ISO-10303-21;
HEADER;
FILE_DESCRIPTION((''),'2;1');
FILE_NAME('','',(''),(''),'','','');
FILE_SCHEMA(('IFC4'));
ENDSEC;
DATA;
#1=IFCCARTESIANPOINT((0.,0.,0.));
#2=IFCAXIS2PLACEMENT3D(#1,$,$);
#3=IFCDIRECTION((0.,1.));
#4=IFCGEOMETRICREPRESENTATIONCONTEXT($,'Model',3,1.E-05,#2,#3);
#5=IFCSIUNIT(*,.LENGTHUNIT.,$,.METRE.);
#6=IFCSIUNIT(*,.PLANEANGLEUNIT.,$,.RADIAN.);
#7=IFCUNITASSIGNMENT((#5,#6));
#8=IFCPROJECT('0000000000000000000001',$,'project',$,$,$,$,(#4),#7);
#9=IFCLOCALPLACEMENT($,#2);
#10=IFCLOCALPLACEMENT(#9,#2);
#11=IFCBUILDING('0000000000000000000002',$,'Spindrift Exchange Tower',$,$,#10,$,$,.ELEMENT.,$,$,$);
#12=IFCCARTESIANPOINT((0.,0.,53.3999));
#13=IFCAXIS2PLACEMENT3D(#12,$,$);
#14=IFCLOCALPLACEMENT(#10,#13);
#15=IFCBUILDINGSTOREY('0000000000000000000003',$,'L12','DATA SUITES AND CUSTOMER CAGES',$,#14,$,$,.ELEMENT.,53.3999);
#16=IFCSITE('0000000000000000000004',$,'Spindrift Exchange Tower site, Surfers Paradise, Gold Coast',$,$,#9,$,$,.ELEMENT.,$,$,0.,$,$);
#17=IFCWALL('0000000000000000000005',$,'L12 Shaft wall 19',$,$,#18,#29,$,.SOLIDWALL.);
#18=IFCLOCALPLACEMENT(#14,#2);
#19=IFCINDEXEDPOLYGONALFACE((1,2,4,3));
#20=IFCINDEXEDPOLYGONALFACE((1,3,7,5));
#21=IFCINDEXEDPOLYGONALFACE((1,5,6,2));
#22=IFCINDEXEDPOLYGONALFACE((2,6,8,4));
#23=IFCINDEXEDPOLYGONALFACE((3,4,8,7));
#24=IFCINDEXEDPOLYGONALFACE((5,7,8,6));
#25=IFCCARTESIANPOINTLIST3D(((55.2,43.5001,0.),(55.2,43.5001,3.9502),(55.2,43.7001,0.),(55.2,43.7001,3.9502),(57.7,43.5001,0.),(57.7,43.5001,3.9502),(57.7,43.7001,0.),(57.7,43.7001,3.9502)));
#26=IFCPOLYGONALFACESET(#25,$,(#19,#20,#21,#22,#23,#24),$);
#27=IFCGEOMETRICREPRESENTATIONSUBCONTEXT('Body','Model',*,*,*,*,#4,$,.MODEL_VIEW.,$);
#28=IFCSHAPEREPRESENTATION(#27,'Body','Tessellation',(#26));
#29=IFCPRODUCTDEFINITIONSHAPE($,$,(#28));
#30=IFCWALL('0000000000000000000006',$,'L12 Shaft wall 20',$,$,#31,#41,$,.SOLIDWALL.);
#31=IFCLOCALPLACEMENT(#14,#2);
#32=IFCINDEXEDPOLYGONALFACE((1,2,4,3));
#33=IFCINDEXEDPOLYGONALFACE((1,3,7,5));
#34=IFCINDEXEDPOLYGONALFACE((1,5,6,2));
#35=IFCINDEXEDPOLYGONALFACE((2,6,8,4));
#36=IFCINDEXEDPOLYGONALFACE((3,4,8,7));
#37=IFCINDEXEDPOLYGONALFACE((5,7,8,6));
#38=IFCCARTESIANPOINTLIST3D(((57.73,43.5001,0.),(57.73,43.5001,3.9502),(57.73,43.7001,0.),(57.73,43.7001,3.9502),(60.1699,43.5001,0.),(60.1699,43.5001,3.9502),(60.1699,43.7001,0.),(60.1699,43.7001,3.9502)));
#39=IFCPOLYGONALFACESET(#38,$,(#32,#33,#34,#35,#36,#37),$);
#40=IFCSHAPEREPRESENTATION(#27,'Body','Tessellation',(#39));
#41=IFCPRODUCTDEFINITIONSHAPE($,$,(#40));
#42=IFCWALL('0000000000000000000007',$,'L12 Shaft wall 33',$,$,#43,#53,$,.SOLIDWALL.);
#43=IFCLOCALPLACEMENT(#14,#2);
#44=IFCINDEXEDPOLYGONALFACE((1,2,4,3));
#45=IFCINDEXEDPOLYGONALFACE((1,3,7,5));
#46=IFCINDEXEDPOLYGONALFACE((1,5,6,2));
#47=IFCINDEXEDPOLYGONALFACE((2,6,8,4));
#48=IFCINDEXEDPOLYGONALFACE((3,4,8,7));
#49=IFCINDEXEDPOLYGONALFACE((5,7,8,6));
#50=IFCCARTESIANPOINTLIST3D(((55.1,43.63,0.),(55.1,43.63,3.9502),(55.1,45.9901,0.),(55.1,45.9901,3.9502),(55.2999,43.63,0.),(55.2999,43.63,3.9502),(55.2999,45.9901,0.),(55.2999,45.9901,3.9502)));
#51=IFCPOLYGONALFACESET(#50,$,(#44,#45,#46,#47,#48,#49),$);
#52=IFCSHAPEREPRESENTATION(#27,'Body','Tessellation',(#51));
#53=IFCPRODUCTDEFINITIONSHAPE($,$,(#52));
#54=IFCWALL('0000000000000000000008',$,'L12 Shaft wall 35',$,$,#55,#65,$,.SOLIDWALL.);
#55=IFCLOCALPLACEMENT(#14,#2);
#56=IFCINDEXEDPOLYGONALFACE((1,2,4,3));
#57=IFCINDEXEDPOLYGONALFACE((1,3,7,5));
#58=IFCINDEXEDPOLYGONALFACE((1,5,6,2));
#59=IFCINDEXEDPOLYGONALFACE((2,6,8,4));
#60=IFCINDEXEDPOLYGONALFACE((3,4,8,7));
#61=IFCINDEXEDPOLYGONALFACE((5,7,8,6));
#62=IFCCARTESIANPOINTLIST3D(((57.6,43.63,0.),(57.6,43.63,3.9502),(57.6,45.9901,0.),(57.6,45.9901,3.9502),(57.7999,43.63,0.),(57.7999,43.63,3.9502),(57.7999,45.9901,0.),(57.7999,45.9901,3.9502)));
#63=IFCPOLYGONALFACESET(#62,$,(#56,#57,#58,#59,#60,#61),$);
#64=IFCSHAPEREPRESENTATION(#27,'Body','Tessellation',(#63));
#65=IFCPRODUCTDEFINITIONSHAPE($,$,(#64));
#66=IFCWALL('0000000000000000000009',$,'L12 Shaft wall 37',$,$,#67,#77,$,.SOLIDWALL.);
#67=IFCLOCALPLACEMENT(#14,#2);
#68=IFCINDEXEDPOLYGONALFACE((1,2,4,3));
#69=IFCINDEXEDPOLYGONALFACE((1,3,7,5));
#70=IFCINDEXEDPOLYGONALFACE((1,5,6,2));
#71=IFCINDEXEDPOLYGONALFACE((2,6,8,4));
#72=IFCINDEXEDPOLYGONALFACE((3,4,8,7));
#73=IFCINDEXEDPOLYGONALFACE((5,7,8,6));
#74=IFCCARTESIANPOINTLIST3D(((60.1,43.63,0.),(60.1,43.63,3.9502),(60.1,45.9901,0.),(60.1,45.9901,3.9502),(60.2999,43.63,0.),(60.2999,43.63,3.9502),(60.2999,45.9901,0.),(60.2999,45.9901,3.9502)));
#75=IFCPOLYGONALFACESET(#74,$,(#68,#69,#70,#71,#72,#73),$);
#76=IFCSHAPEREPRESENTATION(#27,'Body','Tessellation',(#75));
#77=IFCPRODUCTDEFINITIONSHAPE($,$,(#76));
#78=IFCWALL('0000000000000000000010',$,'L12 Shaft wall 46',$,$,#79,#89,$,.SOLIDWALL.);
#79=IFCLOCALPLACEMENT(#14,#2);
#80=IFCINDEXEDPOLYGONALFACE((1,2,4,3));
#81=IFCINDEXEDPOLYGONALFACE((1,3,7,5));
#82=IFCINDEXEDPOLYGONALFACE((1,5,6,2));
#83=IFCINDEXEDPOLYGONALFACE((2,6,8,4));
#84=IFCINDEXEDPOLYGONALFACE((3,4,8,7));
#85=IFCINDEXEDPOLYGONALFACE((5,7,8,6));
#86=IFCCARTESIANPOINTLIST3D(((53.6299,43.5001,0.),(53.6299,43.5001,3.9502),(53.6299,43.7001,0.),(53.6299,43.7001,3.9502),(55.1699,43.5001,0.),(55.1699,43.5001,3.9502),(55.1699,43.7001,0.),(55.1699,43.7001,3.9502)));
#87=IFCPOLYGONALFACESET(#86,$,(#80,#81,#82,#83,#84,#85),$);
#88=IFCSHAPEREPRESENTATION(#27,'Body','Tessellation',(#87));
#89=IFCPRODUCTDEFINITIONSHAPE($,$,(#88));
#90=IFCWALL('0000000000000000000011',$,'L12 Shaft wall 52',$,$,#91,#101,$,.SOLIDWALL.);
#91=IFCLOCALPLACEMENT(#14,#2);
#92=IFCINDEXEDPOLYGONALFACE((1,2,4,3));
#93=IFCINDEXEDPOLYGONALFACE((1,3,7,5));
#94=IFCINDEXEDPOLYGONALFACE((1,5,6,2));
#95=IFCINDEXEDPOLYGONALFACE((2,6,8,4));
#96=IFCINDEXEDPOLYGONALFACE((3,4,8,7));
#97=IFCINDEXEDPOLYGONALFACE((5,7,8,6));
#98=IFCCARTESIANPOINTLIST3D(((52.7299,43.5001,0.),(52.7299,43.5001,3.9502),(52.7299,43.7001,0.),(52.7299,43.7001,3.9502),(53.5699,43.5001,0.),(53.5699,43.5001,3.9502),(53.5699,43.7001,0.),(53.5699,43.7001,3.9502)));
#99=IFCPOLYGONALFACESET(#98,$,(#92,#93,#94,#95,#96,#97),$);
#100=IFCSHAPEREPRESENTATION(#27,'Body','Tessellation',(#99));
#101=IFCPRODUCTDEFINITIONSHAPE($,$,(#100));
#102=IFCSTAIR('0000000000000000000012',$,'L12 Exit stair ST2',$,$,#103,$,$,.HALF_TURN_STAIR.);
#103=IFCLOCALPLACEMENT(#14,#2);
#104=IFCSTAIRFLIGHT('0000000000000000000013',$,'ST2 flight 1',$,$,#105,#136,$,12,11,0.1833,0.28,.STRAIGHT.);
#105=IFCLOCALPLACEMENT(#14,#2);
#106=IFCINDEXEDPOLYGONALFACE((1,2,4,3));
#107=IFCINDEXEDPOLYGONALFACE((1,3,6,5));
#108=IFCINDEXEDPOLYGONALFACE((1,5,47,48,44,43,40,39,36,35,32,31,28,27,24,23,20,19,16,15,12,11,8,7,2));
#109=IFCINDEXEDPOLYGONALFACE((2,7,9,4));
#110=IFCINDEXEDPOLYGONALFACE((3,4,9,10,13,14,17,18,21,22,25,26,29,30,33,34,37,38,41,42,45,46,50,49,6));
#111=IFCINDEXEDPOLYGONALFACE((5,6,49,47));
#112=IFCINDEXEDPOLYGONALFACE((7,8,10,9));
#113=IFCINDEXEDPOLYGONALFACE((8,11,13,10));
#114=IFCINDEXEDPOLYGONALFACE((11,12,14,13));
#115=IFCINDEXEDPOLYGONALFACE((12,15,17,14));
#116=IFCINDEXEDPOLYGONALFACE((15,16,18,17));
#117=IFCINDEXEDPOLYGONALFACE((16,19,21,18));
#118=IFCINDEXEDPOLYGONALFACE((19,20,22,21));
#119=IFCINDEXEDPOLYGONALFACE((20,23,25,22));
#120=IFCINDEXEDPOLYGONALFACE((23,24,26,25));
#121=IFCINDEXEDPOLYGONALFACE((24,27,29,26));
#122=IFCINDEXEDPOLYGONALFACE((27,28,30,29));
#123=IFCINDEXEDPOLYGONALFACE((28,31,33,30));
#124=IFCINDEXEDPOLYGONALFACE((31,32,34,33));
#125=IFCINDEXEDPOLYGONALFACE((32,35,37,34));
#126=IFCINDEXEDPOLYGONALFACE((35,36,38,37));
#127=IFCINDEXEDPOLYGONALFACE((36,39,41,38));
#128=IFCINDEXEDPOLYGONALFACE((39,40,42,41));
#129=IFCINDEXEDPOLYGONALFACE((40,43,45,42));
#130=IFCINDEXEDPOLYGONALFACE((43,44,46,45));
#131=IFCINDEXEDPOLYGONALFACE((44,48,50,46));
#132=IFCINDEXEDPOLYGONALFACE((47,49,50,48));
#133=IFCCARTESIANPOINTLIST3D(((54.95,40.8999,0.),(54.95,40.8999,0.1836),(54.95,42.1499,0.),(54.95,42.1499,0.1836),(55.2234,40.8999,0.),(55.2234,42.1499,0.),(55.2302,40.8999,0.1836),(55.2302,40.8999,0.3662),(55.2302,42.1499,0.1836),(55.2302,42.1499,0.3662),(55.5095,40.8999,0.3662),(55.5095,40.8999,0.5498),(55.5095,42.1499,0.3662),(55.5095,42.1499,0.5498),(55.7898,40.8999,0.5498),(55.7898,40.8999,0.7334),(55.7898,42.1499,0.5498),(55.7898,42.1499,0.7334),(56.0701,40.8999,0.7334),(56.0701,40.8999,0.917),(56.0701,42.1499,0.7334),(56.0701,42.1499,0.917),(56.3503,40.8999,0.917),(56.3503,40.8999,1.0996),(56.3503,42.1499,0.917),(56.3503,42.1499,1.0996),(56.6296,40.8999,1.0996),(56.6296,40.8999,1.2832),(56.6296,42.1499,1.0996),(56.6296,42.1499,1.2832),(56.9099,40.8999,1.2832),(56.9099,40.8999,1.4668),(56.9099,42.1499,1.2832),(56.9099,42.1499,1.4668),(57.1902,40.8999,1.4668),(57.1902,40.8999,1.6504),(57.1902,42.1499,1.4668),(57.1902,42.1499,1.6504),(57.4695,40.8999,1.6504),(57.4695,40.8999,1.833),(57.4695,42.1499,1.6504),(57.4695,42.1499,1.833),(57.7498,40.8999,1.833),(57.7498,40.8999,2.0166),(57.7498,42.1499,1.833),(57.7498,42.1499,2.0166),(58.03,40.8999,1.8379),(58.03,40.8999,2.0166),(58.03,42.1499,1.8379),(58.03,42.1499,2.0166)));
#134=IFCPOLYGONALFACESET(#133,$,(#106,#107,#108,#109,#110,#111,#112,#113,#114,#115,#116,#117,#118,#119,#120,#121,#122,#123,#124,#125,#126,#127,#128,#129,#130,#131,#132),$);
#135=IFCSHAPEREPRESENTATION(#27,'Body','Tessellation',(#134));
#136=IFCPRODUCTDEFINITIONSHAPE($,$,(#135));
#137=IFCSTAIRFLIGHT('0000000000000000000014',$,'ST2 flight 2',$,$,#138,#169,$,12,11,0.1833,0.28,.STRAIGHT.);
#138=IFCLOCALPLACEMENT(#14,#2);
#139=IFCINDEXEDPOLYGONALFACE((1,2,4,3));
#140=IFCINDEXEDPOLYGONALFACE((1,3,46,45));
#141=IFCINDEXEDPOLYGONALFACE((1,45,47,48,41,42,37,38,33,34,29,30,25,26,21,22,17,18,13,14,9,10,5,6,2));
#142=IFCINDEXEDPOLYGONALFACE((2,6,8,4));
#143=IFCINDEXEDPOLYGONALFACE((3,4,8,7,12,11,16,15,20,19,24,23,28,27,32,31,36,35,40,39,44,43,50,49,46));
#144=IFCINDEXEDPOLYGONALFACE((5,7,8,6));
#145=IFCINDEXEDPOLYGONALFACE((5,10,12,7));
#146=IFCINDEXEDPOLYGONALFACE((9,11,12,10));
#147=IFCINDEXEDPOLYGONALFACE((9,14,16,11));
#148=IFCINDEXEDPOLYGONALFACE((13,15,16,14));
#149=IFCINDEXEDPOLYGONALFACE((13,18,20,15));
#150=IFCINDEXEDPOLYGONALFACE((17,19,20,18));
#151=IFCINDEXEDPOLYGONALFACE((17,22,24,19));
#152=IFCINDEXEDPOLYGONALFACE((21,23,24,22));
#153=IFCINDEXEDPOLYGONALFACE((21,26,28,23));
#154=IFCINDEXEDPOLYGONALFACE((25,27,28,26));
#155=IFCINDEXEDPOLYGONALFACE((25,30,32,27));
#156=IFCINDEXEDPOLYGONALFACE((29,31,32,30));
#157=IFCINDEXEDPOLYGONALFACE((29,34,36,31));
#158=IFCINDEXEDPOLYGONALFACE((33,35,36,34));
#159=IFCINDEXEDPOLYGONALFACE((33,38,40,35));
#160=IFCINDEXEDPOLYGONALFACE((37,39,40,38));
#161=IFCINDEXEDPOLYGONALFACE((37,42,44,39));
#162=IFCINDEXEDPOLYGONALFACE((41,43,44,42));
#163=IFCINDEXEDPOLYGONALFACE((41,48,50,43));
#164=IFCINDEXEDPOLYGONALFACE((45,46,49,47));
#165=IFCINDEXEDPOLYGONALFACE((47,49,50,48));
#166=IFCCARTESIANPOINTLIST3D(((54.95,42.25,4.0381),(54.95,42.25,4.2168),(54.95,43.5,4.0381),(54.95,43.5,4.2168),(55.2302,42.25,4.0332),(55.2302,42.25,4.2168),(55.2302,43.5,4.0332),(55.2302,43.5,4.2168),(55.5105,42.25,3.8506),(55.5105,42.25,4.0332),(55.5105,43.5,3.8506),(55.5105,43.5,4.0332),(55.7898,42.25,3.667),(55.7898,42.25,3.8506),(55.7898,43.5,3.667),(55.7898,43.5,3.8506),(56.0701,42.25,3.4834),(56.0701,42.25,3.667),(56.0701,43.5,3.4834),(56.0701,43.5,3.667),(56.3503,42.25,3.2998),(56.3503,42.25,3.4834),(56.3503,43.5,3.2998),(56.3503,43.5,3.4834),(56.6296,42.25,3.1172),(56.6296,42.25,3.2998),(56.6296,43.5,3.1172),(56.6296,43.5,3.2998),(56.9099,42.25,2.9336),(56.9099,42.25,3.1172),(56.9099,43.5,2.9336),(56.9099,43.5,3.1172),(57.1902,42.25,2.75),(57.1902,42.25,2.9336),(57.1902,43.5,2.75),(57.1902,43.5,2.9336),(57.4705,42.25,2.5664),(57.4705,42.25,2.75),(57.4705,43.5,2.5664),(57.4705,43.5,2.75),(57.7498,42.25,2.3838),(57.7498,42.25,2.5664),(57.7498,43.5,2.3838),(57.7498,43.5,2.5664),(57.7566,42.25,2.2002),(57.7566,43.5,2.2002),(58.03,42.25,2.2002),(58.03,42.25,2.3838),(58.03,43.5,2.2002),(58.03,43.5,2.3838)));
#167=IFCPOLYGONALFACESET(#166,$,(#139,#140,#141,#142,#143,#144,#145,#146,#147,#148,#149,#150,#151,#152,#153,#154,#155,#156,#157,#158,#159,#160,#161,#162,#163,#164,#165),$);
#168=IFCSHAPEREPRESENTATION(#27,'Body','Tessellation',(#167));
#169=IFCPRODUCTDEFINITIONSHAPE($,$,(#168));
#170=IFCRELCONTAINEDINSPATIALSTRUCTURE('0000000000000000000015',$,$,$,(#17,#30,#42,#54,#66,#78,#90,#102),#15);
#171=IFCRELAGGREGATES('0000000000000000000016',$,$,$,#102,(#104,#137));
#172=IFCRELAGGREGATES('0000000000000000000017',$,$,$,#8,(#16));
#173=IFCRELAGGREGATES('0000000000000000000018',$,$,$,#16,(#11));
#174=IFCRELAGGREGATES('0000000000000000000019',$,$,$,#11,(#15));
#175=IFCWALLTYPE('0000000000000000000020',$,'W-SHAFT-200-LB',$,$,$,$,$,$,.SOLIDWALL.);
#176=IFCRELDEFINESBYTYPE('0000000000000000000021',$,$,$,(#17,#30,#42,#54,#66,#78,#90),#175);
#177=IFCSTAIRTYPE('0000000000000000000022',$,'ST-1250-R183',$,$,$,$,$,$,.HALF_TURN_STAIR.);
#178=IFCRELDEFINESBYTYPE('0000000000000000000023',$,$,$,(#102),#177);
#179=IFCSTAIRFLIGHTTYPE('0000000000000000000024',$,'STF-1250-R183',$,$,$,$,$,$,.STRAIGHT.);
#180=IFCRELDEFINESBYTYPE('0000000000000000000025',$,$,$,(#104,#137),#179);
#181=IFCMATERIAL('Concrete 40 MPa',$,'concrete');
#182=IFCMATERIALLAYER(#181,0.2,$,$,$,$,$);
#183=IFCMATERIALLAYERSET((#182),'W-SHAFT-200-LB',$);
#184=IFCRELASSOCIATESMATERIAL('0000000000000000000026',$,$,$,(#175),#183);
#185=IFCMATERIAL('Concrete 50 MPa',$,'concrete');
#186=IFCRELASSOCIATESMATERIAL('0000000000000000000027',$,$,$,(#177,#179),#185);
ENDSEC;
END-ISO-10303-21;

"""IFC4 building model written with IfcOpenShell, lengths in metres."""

from ifc_helpers import new_model, si_unit, direction, frame, frame_2d, origin, place, context, subcontext, project, spatial, line, indexed_curve, rectangle, outline, extrude, material, layer, layer_set, type_object, element, aggregate, save


model = new_model("IFC4")

# Units and contexts
model_context = context("Model", 3, precision=1e-05, world=origin(), true_north=direction((0.0, 1.0)))
body_context = subcontext(model_context, "Body", "Model", "MODEL_VIEW")
ifc_project = project(units=[si_unit("LENGTHUNIT", "METRE"), si_unit("PLANEANGLEUNIT", "RADIAN")], contexts=[model_context])

# Site, building, storey
site_placement = place(None, origin())
site = spatial("IfcSite", under=ifc_project, at=site_placement, Name="Spindrift Exchange Tower site, Surfers Paradise, Gold Coast", CompositionType="ELEMENT", RefElevation=0.0)
building_placement = place(site_placement, origin())
building = spatial("IfcBuilding", under=site, at=building_placement, Name="Spindrift Exchange Tower", CompositionType="ELEMENT")
storey_placement = place(building_placement, frame((0.0, 0.0, 53.3999)))
storey = spatial("IfcBuildingStorey", under=building, at=storey_placement, Name="L12", Description="DATA SUITES AND CUSTOMER CAGES", CompositionType="ELEMENT", Elevation=53.3999)

# Shared definitions
ifc_material_1 = material(Name="Concrete 40 MPa", Category="concrete")

# Shared definitions
ifc_layer_1 = layer(ifc_material_1, 0.2)
ifc_layer_set_1 = layer_set([ifc_layer_1], Name="W-SHAFT-200-LB")
wall_type_1 = type_object("IfcWallType", Name="W-SHAFT-200-LB", PredefinedType="SOLIDWALL", material=ifc_layer_set_1)

# Walls
wall_1_placement = place(storey_placement, frame((55.2, 43.6001, 0.0), z_axis=(0.0, 0.0, 1.0), x_axis=(1.0, 0.0, 0.0)))
element("IfcWall", 1, at=wall_1_placement, inside=storey, type_object=wall_type_1, Name="L12 Shaft wall 19", PredefinedType="SOLIDWALL", context=body_context, shape_type="SweptSolid", body=[
    extrude(rectangle(XDim=2.5, YDim=0.2, at=frame_2d((1.25, 0.0))), origin(), (0.0, 0.0, 1.0), 3.9502),
])
wall_2_placement = place(storey_placement, frame((57.73, 43.6001, 0.0), z_axis=(0.0, 0.0, 1.0), x_axis=(1.0, 0.0, 0.0)))
element("IfcWall", 2, at=wall_2_placement, inside=storey, type_object=wall_type_1, Name="L12 Shaft wall 20", PredefinedType="SOLIDWALL", context=body_context, shape_type="SweptSolid", body=[
    extrude(rectangle(XDim=2.4399, YDim=0.2, at=frame_2d((1.22, 0.0))), origin(), (0.0, 0.0, 1.0), 3.9502),
])
for number, where, z_axis, x_axis, name in (
    (3, (55.2, 43.6299, 0.0), (0.0, 0.0, 1.0), (0.0, 1.0, 0.0), "L12 Shaft wall 33"),
    (4, (57.7, 43.6299, 0.0), (0.0, 0.0, 1.0), (0.0, 1.0, 0.0), "L12 Shaft wall 35"),
    (5, (60.2, 43.6299, 0.0), (0.0, 0.0, 1.0), (0.0, 1.0, 0.0), "L12 Shaft wall 37"),
):
    element("IfcWall", number, at=place(storey_placement, frame(where, z_axis=z_axis, x_axis=x_axis)), inside=storey, type_object=wall_type_1, Name=name, PredefinedType="SOLIDWALL", context=body_context, shape_type="SweptSolid", body=[
        extrude(rectangle(XDim=2.3601, YDim=0.2, at=frame_2d((1.1802, 0.0))), origin(), (0.0, 0.0, 1.0), 3.9502),
    ])
wall_3_placement = place(storey_placement, frame((53.6299, 43.6001, 0.0), z_axis=(0.0, 0.0, 1.0), x_axis=(1.0, 0.0, 0.0)))
element("IfcWall", 6, at=wall_3_placement, inside=storey, type_object=wall_type_1, Name="L12 Shaft wall 46", PredefinedType="SOLIDWALL", context=body_context, shape_type="SweptSolid", body=[
    extrude(rectangle(XDim=1.54, YDim=0.2, at=frame_2d((0.77, 0.0))), origin(), (0.0, 0.0, 1.0), 3.9502),
])
wall_4_placement = place(storey_placement, frame((52.73, 43.6001, 0.0), z_axis=(0.0, 0.0, 1.0), x_axis=(1.0, 0.0, 0.0)))
element("IfcWall", 7, at=wall_4_placement, inside=storey, type_object=wall_type_1, Name="L12 Shaft wall 52", PredefinedType="SOLIDWALL", context=body_context, shape_type="SweptSolid", body=[
    extrude(rectangle(XDim=0.8401, YDim=0.2, at=frame_2d((0.4199, 0.0))), origin(), (0.0, 0.0, 1.0), 3.9502),
])

# Stair, stair flights
ifc_material_2 = material(Name="Concrete 50 MPa", Category="concrete")
stair_type = type_object("IfcStairType", Name="ST-1250-R183", PredefinedType="HALF_TURN_STAIR", material=ifc_material_2)
stair_placement = place(storey_placement, origin())
stair = element("IfcStair", 8, at=stair_placement, inside=storey, type_object=stair_type, Name="L12 Exit stair ST2", PredefinedType="HALF_TURN_STAIR")
stair_flight_type = type_object("IfcStairFlightType", Name="STF-1250-R183", PredefinedType="STRAIGHT", material=ifc_material_2)
stair_flight_1_placement = place(storey_placement, frame((54.95, 41.5249, 0.0), z_axis=(0.0, 0.0, 1.0), x_axis=(1.0, 0.0, 0.0)))
stair_flight_1 = element("IfcStairFlight", 9, at=stair_flight_1_placement, type_object=stair_flight_type, Name="ST2 flight 1", NumberOfRisers=12, NumberOfTreads=11, PredefinedType="STRAIGHT", RiserHeight=0.1833, TreadLength=0.28, context=body_context, shape_type="SweptSolid", body=[
    extrude(outline(indexed_curve([(0.0, 0.0), (0.0, 0.1836), (0.2803, 0.1836), (0.2803, 0.3662), (0.5596, 0.3662), (0.5596, 0.5498), (0.8398, 0.5498), (0.8398, 0.7334), (1.1201, 0.7334), (1.1201, 0.917), (1.4004, 0.917), (1.4004, 1.0996), (1.6797, 1.0996), (1.6797, 1.2832), (1.96, 1.2832), (1.96, 1.4668), (2.2402, 1.4668), (2.2402, 1.6504), (2.5195, 1.6504), (2.5195, 1.833), (2.7998, 1.833), (2.7998, 2.0166), (3.0801, 2.0166), (3.0801, 2.2002), (3.0801, 1.8379), (0.2734, 0.0)], segments=[line(1, 2, 3, 4, 5, 6, 7, 8, 9, 10, 11, 12, 13, 14, 15, 16, 17, 18, 19, 20, 21, 22, 23, 24, 25, 26, 1)], self_intersect=False)), frame((0.0, 0.625, 0.0), z_axis=(0.0, -1.0, 0.0), x_axis=(1.0, 0.0, 0.0)), (0.0, 0.0, 1.0), 1.25),
])
stair_flight_2_placement = place(storey_placement, frame((58.03, 42.875, 2.2002), z_axis=(0.0, 0.0, 1.0), x_axis=(-1.0, 0.0, 0.0)))
stair_flight_2 = element("IfcStairFlight", 10, at=stair_flight_2_placement, type_object=stair_flight_type, Name="ST2 flight 2", NumberOfRisers=12, NumberOfTreads=11, PredefinedType="STRAIGHT", RiserHeight=0.1833, TreadLength=0.28, context=body_context, shape_type="SweptSolid", body=[
    extrude(outline(indexed_curve([(0.0, 0.0), (0.0, 0.1836), (0.2803, 0.1836), (0.2803, 0.3662), (0.5596, 0.3662), (0.5596, 0.5498), (0.8398, 0.5498), (0.8398, 0.7334), (1.1201, 0.7334), (1.1201, 0.917), (1.4004, 0.917), (1.4004, 1.0996), (1.6797, 1.0996), (1.6797, 1.2832), (1.96, 1.2832), (1.96, 1.4668), (2.2402, 1.4668), (2.2402, 1.6504), (2.5195, 1.6504), (2.5195, 1.833), (2.7998, 1.833), (2.7998, 2.0166), (3.0801, 2.0166), (3.0801, 2.2002), (3.0801, 1.8379), (0.2734, 0.0)], segments=[line(1, 2, 3, 4, 5, 6, 7, 8, 9, 10, 11, 12, 13, 14, 15, 16, 17, 18, 19, 20, 21, 22, 23, 24, 25, 26, 1)], self_intersect=False)), frame((0.0, 0.625, 0.0), z_axis=(0.0, -1.0, 0.0), x_axis=(1.0, 0.0, 0.0)), (0.0, 0.0, 1.0), 1.25),
])
aggregate(stair, [stair_flight_1, stair_flight_2])

save(model, "model.ifc")
